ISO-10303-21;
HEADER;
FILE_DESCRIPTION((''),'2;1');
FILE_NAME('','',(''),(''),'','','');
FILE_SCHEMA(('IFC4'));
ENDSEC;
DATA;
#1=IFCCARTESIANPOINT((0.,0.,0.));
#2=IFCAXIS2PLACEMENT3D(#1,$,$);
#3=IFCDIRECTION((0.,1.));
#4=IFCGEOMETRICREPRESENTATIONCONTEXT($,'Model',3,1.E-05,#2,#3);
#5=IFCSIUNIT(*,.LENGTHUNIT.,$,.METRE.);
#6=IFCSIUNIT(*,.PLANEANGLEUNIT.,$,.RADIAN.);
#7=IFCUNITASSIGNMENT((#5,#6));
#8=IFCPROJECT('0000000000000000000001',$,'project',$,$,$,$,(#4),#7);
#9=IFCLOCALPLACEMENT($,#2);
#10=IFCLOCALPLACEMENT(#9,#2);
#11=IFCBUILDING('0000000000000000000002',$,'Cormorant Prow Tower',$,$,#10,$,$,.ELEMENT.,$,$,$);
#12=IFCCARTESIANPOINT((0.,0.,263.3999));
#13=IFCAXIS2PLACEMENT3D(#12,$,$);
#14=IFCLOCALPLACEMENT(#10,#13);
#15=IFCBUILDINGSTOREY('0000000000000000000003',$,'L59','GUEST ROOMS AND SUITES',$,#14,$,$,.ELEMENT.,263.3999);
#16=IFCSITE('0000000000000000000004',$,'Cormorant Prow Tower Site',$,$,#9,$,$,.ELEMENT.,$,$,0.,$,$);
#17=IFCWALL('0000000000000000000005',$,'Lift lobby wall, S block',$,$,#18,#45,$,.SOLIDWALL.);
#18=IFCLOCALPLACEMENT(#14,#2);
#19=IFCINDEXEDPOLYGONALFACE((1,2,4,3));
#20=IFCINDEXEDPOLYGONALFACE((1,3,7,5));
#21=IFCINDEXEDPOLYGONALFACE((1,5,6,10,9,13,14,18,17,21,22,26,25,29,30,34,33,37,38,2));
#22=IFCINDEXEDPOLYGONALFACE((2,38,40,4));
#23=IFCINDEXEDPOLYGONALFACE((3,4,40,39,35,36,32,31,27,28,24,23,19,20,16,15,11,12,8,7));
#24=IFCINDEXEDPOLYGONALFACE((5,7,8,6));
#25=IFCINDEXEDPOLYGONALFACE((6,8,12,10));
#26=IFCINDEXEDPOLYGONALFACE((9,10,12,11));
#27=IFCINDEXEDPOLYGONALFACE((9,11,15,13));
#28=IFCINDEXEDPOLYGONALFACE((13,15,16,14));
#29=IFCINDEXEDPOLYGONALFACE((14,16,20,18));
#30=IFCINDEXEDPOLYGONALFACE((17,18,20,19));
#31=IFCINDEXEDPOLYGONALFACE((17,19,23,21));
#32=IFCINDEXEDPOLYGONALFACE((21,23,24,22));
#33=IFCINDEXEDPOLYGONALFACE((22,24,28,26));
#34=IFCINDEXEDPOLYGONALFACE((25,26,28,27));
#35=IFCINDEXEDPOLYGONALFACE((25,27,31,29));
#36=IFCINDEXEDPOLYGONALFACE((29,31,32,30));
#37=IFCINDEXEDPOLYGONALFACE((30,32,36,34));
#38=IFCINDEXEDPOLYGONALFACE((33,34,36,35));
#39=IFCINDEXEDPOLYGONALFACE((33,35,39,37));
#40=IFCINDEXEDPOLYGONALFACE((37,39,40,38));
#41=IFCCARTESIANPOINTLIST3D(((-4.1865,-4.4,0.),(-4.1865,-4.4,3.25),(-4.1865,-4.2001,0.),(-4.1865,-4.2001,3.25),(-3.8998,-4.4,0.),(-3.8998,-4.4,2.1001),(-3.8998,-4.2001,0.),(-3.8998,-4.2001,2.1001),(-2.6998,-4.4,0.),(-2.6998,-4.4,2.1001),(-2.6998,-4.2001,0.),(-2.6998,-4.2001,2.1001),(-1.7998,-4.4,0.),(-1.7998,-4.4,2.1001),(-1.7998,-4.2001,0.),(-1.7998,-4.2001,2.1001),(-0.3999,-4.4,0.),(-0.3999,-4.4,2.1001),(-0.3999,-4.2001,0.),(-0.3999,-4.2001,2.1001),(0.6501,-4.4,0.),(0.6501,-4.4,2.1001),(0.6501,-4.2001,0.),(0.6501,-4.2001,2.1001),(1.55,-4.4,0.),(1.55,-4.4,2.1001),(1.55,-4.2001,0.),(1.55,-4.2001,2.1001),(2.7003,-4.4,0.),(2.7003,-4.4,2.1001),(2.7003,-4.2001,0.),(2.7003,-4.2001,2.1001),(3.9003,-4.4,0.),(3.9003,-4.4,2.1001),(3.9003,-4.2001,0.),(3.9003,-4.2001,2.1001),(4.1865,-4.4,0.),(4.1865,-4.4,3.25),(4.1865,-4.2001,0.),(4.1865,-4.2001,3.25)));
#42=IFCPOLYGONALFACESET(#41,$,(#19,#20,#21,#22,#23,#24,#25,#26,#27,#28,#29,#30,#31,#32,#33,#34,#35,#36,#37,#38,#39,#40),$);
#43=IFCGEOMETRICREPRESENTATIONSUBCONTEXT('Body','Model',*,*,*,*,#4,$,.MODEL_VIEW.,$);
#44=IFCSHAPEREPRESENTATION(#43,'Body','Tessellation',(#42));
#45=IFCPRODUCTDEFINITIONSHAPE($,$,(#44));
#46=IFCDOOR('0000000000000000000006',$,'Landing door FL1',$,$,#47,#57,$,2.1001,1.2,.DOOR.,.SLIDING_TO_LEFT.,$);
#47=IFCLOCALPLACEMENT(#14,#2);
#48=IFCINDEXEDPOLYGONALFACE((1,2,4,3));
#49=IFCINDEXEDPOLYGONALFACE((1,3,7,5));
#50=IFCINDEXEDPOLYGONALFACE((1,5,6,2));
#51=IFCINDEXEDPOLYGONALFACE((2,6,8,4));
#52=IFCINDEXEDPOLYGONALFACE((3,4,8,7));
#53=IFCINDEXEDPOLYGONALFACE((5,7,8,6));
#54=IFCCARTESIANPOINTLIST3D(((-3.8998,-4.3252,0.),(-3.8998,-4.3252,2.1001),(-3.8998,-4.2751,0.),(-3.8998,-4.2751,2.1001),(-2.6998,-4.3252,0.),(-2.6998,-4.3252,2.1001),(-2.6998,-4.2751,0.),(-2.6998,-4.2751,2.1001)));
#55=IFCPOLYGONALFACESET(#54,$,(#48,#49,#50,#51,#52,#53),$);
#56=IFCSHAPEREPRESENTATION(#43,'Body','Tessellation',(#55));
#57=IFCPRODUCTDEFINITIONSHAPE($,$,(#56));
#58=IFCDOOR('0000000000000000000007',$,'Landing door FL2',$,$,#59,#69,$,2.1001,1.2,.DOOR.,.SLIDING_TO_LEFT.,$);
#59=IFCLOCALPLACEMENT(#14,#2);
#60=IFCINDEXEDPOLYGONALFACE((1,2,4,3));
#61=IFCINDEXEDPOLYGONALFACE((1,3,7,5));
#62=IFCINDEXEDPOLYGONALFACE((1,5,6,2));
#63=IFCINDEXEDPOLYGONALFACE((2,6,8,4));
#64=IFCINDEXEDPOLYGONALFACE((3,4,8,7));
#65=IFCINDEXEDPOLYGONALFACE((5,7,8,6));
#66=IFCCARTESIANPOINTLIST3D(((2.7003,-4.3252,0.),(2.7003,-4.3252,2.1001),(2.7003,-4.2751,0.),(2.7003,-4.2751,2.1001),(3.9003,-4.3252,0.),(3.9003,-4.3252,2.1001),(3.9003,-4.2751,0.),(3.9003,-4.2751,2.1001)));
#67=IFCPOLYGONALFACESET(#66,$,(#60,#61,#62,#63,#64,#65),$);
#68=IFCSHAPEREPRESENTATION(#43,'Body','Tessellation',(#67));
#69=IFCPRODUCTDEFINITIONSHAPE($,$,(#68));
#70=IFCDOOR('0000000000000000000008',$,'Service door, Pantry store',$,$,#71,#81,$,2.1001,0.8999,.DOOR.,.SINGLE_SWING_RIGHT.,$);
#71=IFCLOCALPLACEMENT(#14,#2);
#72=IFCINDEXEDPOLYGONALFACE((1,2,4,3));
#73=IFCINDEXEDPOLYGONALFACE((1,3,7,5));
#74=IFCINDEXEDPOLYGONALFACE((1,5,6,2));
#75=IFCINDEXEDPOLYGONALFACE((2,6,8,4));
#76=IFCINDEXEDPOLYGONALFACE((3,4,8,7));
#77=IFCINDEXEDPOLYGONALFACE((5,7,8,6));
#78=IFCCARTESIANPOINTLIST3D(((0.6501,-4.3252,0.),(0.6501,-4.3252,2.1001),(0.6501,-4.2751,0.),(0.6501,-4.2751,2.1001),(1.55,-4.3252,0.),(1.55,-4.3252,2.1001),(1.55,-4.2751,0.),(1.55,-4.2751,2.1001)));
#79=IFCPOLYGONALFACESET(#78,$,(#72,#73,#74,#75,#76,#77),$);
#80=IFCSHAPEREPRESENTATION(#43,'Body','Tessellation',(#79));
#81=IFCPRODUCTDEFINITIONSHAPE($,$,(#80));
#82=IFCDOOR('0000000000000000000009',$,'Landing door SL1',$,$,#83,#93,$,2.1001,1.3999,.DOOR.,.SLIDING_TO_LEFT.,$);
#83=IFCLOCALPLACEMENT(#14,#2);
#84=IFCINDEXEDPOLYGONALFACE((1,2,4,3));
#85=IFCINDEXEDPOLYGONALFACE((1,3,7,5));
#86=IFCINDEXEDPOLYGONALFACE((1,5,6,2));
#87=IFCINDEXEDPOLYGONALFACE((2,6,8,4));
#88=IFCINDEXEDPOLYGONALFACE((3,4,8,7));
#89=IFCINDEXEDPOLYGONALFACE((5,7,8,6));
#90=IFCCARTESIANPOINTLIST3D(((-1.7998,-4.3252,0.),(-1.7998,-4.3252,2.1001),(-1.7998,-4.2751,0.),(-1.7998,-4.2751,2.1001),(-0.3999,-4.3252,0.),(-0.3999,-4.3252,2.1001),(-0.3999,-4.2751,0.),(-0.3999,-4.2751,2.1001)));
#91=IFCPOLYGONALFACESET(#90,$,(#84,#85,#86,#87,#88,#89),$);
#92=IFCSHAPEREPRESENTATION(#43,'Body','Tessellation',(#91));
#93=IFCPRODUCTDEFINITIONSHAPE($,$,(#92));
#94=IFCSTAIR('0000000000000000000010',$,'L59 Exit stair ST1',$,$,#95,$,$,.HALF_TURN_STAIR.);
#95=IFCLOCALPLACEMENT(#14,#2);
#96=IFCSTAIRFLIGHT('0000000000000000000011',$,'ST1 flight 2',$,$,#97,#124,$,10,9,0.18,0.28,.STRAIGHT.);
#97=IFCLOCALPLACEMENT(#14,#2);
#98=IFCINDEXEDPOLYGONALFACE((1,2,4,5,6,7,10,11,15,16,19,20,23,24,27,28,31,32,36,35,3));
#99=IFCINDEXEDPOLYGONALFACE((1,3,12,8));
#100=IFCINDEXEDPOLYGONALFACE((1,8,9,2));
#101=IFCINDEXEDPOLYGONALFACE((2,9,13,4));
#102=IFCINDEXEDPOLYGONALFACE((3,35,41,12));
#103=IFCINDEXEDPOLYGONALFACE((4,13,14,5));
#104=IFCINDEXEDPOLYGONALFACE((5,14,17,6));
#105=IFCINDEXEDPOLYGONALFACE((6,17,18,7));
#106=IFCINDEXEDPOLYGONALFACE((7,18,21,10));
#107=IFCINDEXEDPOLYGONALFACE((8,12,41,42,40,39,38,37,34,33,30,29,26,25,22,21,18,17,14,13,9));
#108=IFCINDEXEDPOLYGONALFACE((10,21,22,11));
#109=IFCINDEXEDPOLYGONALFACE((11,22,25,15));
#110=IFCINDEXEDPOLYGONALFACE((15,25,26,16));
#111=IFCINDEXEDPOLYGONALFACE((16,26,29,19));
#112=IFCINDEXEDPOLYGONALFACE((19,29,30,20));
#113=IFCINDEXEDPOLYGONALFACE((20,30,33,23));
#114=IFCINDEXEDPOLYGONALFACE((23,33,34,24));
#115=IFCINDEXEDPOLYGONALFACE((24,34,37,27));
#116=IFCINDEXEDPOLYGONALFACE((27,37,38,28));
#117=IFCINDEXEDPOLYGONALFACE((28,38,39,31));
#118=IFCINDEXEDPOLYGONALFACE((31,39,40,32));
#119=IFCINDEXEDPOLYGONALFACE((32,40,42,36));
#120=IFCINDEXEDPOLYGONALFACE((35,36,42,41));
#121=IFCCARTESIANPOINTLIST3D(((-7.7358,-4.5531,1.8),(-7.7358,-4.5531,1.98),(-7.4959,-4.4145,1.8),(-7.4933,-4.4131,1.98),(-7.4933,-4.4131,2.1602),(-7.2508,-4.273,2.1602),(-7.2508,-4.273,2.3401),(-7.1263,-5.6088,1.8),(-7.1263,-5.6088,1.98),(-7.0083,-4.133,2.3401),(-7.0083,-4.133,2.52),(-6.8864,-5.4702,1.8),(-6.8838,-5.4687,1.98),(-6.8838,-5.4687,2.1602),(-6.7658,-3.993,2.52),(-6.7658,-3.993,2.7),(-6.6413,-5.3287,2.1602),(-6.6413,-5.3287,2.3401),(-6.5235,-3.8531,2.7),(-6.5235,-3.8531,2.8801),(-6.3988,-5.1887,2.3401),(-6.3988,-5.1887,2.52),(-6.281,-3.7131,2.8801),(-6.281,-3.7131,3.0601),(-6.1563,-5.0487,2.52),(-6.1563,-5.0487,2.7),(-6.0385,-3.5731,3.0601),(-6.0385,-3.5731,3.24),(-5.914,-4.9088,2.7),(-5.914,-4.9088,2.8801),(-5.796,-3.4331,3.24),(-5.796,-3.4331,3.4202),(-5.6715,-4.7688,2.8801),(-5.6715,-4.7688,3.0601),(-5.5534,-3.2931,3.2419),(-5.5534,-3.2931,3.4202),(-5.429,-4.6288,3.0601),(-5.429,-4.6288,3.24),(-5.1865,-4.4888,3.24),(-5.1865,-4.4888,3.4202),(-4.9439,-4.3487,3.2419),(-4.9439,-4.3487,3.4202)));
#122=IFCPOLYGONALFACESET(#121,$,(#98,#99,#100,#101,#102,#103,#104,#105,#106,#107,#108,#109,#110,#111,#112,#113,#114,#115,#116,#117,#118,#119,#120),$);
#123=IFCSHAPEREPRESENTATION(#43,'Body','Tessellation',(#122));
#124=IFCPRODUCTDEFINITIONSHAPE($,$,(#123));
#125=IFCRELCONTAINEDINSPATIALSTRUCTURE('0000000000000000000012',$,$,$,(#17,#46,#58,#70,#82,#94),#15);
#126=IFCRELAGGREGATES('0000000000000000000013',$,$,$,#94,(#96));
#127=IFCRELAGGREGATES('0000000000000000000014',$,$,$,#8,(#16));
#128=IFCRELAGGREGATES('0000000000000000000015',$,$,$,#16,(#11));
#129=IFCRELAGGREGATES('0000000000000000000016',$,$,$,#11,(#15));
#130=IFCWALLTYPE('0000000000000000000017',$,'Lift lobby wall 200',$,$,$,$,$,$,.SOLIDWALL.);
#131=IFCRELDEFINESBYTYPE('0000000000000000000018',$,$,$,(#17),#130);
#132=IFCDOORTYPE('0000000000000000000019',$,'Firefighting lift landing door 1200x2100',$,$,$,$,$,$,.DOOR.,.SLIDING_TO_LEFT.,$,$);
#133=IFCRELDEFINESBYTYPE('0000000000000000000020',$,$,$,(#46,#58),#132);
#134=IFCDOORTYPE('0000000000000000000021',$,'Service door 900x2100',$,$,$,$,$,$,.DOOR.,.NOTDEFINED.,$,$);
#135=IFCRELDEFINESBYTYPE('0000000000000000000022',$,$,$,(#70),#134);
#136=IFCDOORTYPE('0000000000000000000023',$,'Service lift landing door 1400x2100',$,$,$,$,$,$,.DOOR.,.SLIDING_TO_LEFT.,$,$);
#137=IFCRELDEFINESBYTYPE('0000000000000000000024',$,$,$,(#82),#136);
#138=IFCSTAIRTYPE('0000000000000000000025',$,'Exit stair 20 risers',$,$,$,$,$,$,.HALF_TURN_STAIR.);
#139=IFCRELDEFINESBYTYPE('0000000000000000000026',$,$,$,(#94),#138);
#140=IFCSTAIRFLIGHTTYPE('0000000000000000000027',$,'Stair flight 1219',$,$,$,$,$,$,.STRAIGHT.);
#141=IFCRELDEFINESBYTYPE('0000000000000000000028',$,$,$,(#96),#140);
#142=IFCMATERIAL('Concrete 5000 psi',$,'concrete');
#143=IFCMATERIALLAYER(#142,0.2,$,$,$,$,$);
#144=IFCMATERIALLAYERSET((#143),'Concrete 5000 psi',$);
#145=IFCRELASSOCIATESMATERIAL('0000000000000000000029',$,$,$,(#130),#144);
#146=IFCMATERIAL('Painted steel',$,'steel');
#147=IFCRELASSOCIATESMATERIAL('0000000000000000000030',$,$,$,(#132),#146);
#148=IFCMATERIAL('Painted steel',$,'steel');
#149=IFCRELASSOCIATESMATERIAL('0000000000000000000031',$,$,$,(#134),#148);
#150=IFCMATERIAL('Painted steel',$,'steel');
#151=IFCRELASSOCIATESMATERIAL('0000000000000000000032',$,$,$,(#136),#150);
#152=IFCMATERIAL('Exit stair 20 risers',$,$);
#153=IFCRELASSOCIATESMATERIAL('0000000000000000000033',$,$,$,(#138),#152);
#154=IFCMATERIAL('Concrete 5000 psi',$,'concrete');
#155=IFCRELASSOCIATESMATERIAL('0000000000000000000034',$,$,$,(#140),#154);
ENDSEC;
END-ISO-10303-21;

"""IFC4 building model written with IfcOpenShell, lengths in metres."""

from ifc_helpers import new_model, si_unit, direction, frame, frame_2d, origin, place, context, subcontext, project, spatial, polyline, rectangle, outline, extrude, material, layer, layer_set, type_object, element, fill, aggregate, save


model = new_model("IFC4")

# Units and contexts
model_context = context("Model", 3, precision=1e-05, world=origin(), true_north=direction((0.0, 1.0)))
body_context = subcontext(model_context, "Body", "Model", "MODEL_VIEW")
ifc_project = project(units=[si_unit("LENGTHUNIT", "METRE"), si_unit("PLANEANGLEUNIT", "RADIAN")], contexts=[model_context])

# Site, building, storey
site_placement = place(None, origin())
site = spatial("IfcSite", under=ifc_project, at=site_placement, Name="Cormorant Prow Tower Site", CompositionType="ELEMENT", RefElevation=0.0)
building_placement = place(site_placement, origin())
building = spatial("IfcBuilding", under=site, at=building_placement, Name="Cormorant Prow Tower", CompositionType="ELEMENT")
storey_placement = place(building_placement, frame((0.0, 0.0, 263.3999)))
storey = spatial("IfcBuildingStorey", under=building, at=storey_placement, Name="L59", Description="GUEST ROOMS AND SUITES", CompositionType="ELEMENT", Elevation=263.3999)

# Wall, openings, doors
ifc_material_1 = material(Name="Concrete 5000 psi", Category="concrete")
ifc_layer_1 = layer(ifc_material_1, 0.2)
ifc_layer_set_1 = layer_set([ifc_layer_1], Name="Concrete 5000 psi")
wall_type_1 = type_object("IfcWallType", Name="Lift lobby wall 200", PredefinedType="SOLIDWALL", material=ifc_layer_set_1)
wall_1_placement = place(storey_placement, frame((-4.1865, -4.3, 0.0), z_axis=(0.0, 0.0, 1.0), x_axis=(1.0, 0.0, 0.0)))
wall_1 = element("IfcWall", 1, at=wall_1_placement, inside=storey, type_object=wall_type_1, Name="Lift lobby wall, S block", PredefinedType="SOLIDWALL", context=body_context, shape_type="SweptSolid", body=[
    extrude(rectangle(XDim=8.373, YDim=0.2, at=frame_2d((4.1865, 0.0))), origin(), (0.0, 0.0, 1.0), 3.25),
])
opening_1_placement = place(wall_1_placement, frame((0.2866, 0.0, 0.0)))
opening_1 = element("IfcOpeningElement", 2, at=opening_1_placement, cuts=wall_1, PredefinedType="OPENING", context=body_context, shape_type="SweptSolid", body=[
    extrude(rectangle(XDim=1.2, YDim=2.1001, at=frame_2d((0.6001, 1.05))), frame((0.0, 0.1099, 0.0), z_axis=(0.0, -1.0, 0.0), x_axis=(1.0, 0.0, 0.0)), (0.0, 0.0, 1.0), 0.22),
])
opening_2_placement = place(wall_1_placement, frame((2.3867, 0.0, 0.0)))
opening_2 = element("IfcOpeningElement", 3, at=opening_2_placement, cuts=wall_1, PredefinedType="OPENING", context=body_context, shape_type="SweptSolid", body=[
    extrude(rectangle(XDim=1.3999, YDim=2.1001, at=frame_2d((0.7, 1.05))), frame((0.0, 0.1099, 0.0), z_axis=(0.0, -1.0, 0.0), x_axis=(1.0, 0.0, 0.0)), (0.0, 0.0, 1.0), 0.22),
])
opening_3_placement = place(wall_1_placement, frame((4.8367, 0.0, 0.0)))
opening_3 = element("IfcOpeningElement", 4, at=opening_3_placement, cuts=wall_1, PredefinedType="OPENING", context=body_context, shape_type="SweptSolid", body=[
    extrude(rectangle(XDim=0.8999, YDim=2.1001, at=frame_2d((0.45, 1.05))), frame((0.0, 0.1099, 0.0), z_axis=(0.0, -1.0, 0.0), x_axis=(1.0, 0.0, 0.0)), (0.0, 0.0, 1.0), 0.22),
])
opening_4_placement = place(wall_1_placement, frame((6.8867, 0.0, 0.0)))
opening_4 = element("IfcOpeningElement", 5, at=opening_4_placement, cuts=wall_1, PredefinedType="OPENING", context=body_context, shape_type="SweptSolid", body=[
    extrude(rectangle(XDim=1.2, YDim=2.1001, at=frame_2d((0.6001, 1.05))), frame((0.0, 0.1099, 0.0), z_axis=(0.0, -1.0, 0.0), x_axis=(1.0, 0.0, 0.0)), (0.0, 0.0, 1.0), 0.22),
])
ifc_material_2 = material(Name="Painted steel", Category="steel")
door_type_1 = type_object("IfcDoorType", Name="Firefighting lift landing door 1200x2100", OperationType="SLIDING_TO_LEFT", PredefinedType="DOOR", material=ifc_material_2)
door_1_placement = place(opening_1_placement, origin())
door_1 = element("IfcDoor", 6, at=door_1_placement, inside=storey, type_object=door_type_1, Name="Landing door FL1", OperationType="SLIDING_TO_LEFT", OverallHeight=2.1001, OverallWidth=1.2, PredefinedType="DOOR", context=body_context, shape_type="SweptSolid", body=[
    extrude(rectangle(XDim=1.2, YDim=2.1001, at=frame_2d((0.6001, 1.05))), frame((0.0, 0.0249, 0.0), z_axis=(0.0, -1.0, 0.0), x_axis=(1.0, 0.0, 0.0)), (0.0, 0.0, 1.0), 0.05),
])
fill(opening_1, door_1)
door_2_placement = place(opening_4_placement, origin())
door_2 = element("IfcDoor", 7, at=door_2_placement, inside=storey, type_object=door_type_1, Name="Landing door FL2", OperationType="SLIDING_TO_LEFT", OverallHeight=2.1001, OverallWidth=1.2, PredefinedType="DOOR", context=body_context, shape_type="SweptSolid", body=[
    extrude(rectangle(XDim=1.2, YDim=2.1001, at=frame_2d((0.6001, 1.05))), frame((0.0, 0.0249, 0.0), z_axis=(0.0, -1.0, 0.0), x_axis=(1.0, 0.0, 0.0)), (0.0, 0.0, 1.0), 0.05),
])
fill(opening_4, door_2)
ifc_material_3 = material(Name="Painted steel", Category="steel")
door_type_2 = type_object("IfcDoorType", Name="Service door 900x2100", OperationType="NOTDEFINED", PredefinedType="DOOR", material=ifc_material_3)
door_3_placement = place(opening_3_placement, origin())
door_3 = element("IfcDoor", 8, at=door_3_placement, inside=storey, type_object=door_type_2, Name="Service door, Pantry store", OperationType="SINGLE_SWING_RIGHT", OverallHeight=2.1001, OverallWidth=0.8999, PredefinedType="DOOR", context=body_context, shape_type="SweptSolid", body=[
    extrude(rectangle(XDim=0.8999, YDim=2.1001, at=frame_2d((0.45, 1.05))), frame((0.0, 0.0249, 0.0), z_axis=(0.0, -1.0, 0.0), x_axis=(1.0, 0.0, 0.0)), (0.0, 0.0, 1.0), 0.05),
])
fill(opening_3, door_3)
ifc_material_4 = material(Name="Painted steel", Category="steel")
door_type_3 = type_object("IfcDoorType", Name="Service lift landing door 1400x2100", OperationType="SLIDING_TO_LEFT", PredefinedType="DOOR", material=ifc_material_4)
door_4_placement = place(opening_2_placement, origin())
door_4 = element("IfcDoor", 9, at=door_4_placement, inside=storey, type_object=door_type_3, Name="Landing door SL1", OperationType="SLIDING_TO_LEFT", OverallHeight=2.1001, OverallWidth=1.3999, PredefinedType="DOOR", context=body_context, shape_type="SweptSolid", body=[
    extrude(rectangle(XDim=1.3999, YDim=2.1001, at=frame_2d((0.7, 1.05))), frame((0.0, 0.0249, 0.0), z_axis=(0.0, -1.0, 0.0), x_axis=(1.0, 0.0, 0.0)), (0.0, 0.0, 1.0), 0.05),
])
fill(opening_2, door_4)

# Stair, stair flight
ifc_material_5 = material(Name="Exit stair 20 risers")
stair_type = type_object("IfcStairType", Name="Exit stair 20 risers", PredefinedType="HALF_TURN_STAIR", material=ifc_material_5)
stair_placement = place(storey_placement, origin())
stair = element("IfcStair", 10, at=stair_placement, inside=storey, type_object=stair_type, Name="L59 Exit stair ST1", PredefinedType="HALF_TURN_STAIR")
ifc_material_6 = material(Name="Concrete 5000 psi", Category="concrete")
stair_flight_type = type_object("IfcStairFlightType", Name="Stair flight 1219", PredefinedType="STRAIGHT", material=ifc_material_6)
stair_flight_placement = place(storey_placement, frame((-7.4312, -5.0808, 1.8), z_axis=(0.0, 0.0, 1.0), x_axis=(0.866025, 0.5, 0.0)))
stair_flight = element("IfcStairFlight", 11, at=stair_flight_placement, type_object=stair_flight_type, Name="ST1 flight 2", NumberOfRisers=10, NumberOfTreads=9, PredefinedType="STRAIGHT", RiserHeight=0.18, TreadLength=0.28, context=body_context, shape_type="SweptSolid", body=[
    extrude(outline(polyline([(0.0, 0.0), (0.0, 0.1799), (0.28, 0.1799), (0.28, 0.3601), (0.5601, 0.3601), (0.5601, 0.54), (0.8401, 0.54), (0.8401, 0.72), (1.1201, 0.72), (1.1201, 0.8999), (1.3999, 0.8999), (1.3999, 1.0801), (1.6799, 1.0801), (1.6799, 1.26), (1.96, 1.26), (1.96, 1.4399), (2.24, 1.4399), (2.24, 1.6201), (2.52, 1.6201), (2.52, 1.8), (2.52, 1.4419), (0.2771, 0.0), (0.0, 0.0)])), frame((0.0, 0.6094, 0.0), z_axis=(0.0, -1.0, 0.0), x_axis=(1.0, 0.0, 0.0)), (0.0, 0.0, 1.0), 1.219),
])
aggregate(stair, [stair_flight])

save(model, "model.ifc")
